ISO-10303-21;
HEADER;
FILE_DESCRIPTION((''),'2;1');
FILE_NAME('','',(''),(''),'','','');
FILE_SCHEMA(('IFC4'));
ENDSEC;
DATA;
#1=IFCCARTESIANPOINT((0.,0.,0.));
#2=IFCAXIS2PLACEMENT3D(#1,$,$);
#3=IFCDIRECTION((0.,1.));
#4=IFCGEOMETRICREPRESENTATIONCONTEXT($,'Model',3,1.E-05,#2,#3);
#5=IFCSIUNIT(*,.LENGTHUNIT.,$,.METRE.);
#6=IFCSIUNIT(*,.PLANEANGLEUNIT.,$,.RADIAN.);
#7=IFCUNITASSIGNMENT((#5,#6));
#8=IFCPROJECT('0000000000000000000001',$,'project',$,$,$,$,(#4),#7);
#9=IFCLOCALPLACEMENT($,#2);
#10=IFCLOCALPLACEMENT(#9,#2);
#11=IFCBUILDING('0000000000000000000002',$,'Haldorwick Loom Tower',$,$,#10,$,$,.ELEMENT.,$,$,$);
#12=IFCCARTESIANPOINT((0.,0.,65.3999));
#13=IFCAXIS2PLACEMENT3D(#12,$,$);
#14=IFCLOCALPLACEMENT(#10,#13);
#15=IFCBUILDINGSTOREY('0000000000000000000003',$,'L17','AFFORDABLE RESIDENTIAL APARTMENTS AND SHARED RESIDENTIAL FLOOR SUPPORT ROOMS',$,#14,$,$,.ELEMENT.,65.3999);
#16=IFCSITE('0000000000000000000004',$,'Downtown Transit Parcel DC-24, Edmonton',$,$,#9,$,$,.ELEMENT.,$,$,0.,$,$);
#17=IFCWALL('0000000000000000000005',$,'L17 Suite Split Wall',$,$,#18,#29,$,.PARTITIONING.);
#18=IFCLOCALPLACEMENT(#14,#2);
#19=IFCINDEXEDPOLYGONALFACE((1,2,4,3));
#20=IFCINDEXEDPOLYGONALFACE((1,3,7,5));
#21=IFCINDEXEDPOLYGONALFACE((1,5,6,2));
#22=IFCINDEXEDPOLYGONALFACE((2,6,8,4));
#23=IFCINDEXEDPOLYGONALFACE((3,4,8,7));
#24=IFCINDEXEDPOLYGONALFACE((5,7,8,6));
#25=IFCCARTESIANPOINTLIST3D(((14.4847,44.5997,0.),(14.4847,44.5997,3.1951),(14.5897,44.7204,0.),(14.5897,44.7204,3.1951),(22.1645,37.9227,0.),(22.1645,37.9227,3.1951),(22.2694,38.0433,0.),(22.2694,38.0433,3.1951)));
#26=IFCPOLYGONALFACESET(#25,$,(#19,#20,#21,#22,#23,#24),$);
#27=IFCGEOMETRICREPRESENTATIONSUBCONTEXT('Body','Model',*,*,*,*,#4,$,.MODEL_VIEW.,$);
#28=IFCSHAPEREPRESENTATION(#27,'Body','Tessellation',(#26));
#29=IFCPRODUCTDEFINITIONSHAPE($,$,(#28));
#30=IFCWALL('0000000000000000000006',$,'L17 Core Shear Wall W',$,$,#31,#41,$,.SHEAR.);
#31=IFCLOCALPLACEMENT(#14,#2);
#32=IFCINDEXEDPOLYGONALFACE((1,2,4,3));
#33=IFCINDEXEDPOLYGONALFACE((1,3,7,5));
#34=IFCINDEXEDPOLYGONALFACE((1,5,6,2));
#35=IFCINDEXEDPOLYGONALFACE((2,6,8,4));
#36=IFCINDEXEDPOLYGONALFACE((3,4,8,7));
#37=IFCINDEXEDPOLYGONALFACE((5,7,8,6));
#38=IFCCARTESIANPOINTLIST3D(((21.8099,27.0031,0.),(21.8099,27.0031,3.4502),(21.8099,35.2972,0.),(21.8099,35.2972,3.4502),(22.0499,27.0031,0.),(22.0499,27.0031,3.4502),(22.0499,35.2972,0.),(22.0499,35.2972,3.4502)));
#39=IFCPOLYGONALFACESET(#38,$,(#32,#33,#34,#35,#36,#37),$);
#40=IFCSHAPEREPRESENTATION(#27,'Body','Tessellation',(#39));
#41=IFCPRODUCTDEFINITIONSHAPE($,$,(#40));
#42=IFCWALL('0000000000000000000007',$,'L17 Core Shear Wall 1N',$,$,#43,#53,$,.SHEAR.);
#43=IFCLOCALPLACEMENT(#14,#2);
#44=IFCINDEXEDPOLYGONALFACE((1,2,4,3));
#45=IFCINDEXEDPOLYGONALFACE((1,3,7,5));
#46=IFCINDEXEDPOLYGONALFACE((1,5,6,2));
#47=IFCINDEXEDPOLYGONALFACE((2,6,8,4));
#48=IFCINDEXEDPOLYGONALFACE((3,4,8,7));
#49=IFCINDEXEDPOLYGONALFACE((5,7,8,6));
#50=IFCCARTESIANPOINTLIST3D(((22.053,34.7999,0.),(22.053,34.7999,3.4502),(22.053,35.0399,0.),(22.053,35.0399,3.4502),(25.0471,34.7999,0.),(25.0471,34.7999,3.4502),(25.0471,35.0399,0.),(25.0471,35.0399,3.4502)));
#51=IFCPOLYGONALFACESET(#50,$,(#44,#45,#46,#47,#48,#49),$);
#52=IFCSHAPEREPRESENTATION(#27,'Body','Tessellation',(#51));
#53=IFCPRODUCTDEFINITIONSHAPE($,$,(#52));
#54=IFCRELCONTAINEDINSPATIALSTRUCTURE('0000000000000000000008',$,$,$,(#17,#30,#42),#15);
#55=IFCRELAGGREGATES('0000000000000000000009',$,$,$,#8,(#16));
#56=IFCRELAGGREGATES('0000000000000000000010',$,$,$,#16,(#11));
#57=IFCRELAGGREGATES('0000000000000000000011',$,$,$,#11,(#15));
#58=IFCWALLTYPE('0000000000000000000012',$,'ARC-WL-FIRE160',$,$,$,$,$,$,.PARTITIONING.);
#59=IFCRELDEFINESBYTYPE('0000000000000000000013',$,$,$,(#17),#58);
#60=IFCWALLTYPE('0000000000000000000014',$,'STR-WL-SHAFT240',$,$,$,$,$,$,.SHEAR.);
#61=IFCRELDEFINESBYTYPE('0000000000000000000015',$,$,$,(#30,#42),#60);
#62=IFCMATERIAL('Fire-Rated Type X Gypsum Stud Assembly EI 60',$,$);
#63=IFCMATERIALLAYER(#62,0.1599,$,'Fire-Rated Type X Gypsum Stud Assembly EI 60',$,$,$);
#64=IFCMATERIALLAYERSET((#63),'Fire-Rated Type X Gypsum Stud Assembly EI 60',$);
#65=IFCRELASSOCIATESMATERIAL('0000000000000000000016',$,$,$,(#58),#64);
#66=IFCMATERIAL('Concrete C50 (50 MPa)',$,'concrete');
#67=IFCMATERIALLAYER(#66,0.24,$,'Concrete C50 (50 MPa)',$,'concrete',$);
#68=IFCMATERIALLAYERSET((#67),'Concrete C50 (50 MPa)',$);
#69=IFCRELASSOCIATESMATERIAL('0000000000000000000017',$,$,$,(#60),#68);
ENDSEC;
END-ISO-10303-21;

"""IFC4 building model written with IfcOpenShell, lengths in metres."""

from ifc_helpers import new_model, si_unit, direction, frame, frame_2d, origin, place, context, subcontext, project, spatial, rectangle, extrude, material, layer, layer_set, type_object, element, save


model = new_model("IFC4")

# Units and contexts
model_context = context("Model", 3, precision=1e-05, world=origin(), true_north=direction((0.0, 1.0)))
body_context = subcontext(model_context, "Body", "Model", "MODEL_VIEW")
ifc_project = project(units=[si_unit("LENGTHUNIT", "METRE"), si_unit("PLANEANGLEUNIT", "RADIAN")], contexts=[model_context])

# Site, building, storey
site_placement = place(None, origin())
site = spatial("IfcSite", under=ifc_project, at=site_placement, Name="Downtown Transit Parcel DC-24, Edmonton", CompositionType="ELEMENT", RefElevation=0.0)
building_placement = place(site_placement, origin())
building = spatial("IfcBuilding", under=site, at=building_placement, Name="Haldorwick Loom Tower", CompositionType="ELEMENT")
storey_placement = place(building_placement, frame((0.0, 0.0, 65.3999)))
storey = spatial("IfcBuildingStorey", under=building, at=storey_placement, Name="L17", Description="AFFORDABLE RESIDENTIAL APARTMENTS AND SHARED RESIDENTIAL FLOOR SUPPORT ROOMS", CompositionType="ELEMENT", Elevation=65.3999)

# Shared definitions
ifc_material_1 = material(Name="Fire-Rated Type X Gypsum Stud Assembly EI 60")
ifc_layer_1 = layer(ifc_material_1, 0.1599, Name="Fire-Rated Type X Gypsum Stud Assembly EI 60")
ifc_layer_set_1 = layer_set([ifc_layer_1], Name="Fire-Rated Type X Gypsum Stud Assembly EI 60")
wall_type_1 = type_object("IfcWallType", Name="ARC-WL-FIRE160", PredefinedType="PARTITIONING", material=ifc_layer_set_1)

# Walls
wall_1_placement = place(storey_placement, frame((22.217, 37.9829, 0.0), z_axis=(0.0, 0.0, 1.0), x_axis=(-0.754654, 0.656123, 0.0)))
element("IfcWall", 1, at=wall_1_placement, inside=storey, type_object=wall_type_1, Name="L17 Suite Split Wall", PredefinedType="PARTITIONING", context=body_context, shape_type="SweptSolid", body=[
    extrude(rectangle(XDim=10.1765, YDim=0.1599, at=frame_2d((5.0884, 0.0))), origin(), (0.0, 0.0, 1.0), 3.1951),
])
ifc_material_2 = material(Name="Concrete C50 (50 MPa)", Category="concrete")
ifc_layer_2 = layer(ifc_material_2, 0.24, Name="Concrete C50 (50 MPa)", Category="concrete")
ifc_layer_set_2 = layer_set([ifc_layer_2], Name="Concrete C50 (50 MPa)")
wall_type_2 = type_object("IfcWallType", Name="STR-WL-SHAFT240", PredefinedType="SHEAR", material=ifc_layer_set_2)
wall_2_placement = place(storey_placement, frame((21.9299, 35.2971, 0.0), z_axis=(0.0, 0.0, 1.0), x_axis=(0.0, -1.0, 0.0)))
element("IfcWall", 2, at=wall_2_placement, inside=storey, type_object=wall_type_2, Name="L17 Core Shear Wall W", PredefinedType="SHEAR", context=body_context, shape_type="SweptSolid", body=[
    extrude(rectangle(XDim=8.2942, YDim=0.24, at=frame_2d((4.147, 0.0))), origin(), (0.0, 0.0, 1.0), 3.4502),
])
wall_3_placement = place(storey_placement, frame((22.053, 34.9199, 0.0), z_axis=(0.0, 0.0, 1.0), x_axis=(1.0, 0.0, 0.0)))
element("IfcWall", 3, at=wall_3_placement, inside=storey, type_object=wall_type_2, Name="L17 Core Shear Wall 1N", PredefinedType="SHEAR", context=body_context, shape_type="SweptSolid", body=[
    extrude(rectangle(XDim=2.9941, YDim=0.24, at=frame_2d((1.4971, 0.0))), origin(), (0.0, 0.0, 1.0), 3.4502),
])

save(model, "model.ifc")
